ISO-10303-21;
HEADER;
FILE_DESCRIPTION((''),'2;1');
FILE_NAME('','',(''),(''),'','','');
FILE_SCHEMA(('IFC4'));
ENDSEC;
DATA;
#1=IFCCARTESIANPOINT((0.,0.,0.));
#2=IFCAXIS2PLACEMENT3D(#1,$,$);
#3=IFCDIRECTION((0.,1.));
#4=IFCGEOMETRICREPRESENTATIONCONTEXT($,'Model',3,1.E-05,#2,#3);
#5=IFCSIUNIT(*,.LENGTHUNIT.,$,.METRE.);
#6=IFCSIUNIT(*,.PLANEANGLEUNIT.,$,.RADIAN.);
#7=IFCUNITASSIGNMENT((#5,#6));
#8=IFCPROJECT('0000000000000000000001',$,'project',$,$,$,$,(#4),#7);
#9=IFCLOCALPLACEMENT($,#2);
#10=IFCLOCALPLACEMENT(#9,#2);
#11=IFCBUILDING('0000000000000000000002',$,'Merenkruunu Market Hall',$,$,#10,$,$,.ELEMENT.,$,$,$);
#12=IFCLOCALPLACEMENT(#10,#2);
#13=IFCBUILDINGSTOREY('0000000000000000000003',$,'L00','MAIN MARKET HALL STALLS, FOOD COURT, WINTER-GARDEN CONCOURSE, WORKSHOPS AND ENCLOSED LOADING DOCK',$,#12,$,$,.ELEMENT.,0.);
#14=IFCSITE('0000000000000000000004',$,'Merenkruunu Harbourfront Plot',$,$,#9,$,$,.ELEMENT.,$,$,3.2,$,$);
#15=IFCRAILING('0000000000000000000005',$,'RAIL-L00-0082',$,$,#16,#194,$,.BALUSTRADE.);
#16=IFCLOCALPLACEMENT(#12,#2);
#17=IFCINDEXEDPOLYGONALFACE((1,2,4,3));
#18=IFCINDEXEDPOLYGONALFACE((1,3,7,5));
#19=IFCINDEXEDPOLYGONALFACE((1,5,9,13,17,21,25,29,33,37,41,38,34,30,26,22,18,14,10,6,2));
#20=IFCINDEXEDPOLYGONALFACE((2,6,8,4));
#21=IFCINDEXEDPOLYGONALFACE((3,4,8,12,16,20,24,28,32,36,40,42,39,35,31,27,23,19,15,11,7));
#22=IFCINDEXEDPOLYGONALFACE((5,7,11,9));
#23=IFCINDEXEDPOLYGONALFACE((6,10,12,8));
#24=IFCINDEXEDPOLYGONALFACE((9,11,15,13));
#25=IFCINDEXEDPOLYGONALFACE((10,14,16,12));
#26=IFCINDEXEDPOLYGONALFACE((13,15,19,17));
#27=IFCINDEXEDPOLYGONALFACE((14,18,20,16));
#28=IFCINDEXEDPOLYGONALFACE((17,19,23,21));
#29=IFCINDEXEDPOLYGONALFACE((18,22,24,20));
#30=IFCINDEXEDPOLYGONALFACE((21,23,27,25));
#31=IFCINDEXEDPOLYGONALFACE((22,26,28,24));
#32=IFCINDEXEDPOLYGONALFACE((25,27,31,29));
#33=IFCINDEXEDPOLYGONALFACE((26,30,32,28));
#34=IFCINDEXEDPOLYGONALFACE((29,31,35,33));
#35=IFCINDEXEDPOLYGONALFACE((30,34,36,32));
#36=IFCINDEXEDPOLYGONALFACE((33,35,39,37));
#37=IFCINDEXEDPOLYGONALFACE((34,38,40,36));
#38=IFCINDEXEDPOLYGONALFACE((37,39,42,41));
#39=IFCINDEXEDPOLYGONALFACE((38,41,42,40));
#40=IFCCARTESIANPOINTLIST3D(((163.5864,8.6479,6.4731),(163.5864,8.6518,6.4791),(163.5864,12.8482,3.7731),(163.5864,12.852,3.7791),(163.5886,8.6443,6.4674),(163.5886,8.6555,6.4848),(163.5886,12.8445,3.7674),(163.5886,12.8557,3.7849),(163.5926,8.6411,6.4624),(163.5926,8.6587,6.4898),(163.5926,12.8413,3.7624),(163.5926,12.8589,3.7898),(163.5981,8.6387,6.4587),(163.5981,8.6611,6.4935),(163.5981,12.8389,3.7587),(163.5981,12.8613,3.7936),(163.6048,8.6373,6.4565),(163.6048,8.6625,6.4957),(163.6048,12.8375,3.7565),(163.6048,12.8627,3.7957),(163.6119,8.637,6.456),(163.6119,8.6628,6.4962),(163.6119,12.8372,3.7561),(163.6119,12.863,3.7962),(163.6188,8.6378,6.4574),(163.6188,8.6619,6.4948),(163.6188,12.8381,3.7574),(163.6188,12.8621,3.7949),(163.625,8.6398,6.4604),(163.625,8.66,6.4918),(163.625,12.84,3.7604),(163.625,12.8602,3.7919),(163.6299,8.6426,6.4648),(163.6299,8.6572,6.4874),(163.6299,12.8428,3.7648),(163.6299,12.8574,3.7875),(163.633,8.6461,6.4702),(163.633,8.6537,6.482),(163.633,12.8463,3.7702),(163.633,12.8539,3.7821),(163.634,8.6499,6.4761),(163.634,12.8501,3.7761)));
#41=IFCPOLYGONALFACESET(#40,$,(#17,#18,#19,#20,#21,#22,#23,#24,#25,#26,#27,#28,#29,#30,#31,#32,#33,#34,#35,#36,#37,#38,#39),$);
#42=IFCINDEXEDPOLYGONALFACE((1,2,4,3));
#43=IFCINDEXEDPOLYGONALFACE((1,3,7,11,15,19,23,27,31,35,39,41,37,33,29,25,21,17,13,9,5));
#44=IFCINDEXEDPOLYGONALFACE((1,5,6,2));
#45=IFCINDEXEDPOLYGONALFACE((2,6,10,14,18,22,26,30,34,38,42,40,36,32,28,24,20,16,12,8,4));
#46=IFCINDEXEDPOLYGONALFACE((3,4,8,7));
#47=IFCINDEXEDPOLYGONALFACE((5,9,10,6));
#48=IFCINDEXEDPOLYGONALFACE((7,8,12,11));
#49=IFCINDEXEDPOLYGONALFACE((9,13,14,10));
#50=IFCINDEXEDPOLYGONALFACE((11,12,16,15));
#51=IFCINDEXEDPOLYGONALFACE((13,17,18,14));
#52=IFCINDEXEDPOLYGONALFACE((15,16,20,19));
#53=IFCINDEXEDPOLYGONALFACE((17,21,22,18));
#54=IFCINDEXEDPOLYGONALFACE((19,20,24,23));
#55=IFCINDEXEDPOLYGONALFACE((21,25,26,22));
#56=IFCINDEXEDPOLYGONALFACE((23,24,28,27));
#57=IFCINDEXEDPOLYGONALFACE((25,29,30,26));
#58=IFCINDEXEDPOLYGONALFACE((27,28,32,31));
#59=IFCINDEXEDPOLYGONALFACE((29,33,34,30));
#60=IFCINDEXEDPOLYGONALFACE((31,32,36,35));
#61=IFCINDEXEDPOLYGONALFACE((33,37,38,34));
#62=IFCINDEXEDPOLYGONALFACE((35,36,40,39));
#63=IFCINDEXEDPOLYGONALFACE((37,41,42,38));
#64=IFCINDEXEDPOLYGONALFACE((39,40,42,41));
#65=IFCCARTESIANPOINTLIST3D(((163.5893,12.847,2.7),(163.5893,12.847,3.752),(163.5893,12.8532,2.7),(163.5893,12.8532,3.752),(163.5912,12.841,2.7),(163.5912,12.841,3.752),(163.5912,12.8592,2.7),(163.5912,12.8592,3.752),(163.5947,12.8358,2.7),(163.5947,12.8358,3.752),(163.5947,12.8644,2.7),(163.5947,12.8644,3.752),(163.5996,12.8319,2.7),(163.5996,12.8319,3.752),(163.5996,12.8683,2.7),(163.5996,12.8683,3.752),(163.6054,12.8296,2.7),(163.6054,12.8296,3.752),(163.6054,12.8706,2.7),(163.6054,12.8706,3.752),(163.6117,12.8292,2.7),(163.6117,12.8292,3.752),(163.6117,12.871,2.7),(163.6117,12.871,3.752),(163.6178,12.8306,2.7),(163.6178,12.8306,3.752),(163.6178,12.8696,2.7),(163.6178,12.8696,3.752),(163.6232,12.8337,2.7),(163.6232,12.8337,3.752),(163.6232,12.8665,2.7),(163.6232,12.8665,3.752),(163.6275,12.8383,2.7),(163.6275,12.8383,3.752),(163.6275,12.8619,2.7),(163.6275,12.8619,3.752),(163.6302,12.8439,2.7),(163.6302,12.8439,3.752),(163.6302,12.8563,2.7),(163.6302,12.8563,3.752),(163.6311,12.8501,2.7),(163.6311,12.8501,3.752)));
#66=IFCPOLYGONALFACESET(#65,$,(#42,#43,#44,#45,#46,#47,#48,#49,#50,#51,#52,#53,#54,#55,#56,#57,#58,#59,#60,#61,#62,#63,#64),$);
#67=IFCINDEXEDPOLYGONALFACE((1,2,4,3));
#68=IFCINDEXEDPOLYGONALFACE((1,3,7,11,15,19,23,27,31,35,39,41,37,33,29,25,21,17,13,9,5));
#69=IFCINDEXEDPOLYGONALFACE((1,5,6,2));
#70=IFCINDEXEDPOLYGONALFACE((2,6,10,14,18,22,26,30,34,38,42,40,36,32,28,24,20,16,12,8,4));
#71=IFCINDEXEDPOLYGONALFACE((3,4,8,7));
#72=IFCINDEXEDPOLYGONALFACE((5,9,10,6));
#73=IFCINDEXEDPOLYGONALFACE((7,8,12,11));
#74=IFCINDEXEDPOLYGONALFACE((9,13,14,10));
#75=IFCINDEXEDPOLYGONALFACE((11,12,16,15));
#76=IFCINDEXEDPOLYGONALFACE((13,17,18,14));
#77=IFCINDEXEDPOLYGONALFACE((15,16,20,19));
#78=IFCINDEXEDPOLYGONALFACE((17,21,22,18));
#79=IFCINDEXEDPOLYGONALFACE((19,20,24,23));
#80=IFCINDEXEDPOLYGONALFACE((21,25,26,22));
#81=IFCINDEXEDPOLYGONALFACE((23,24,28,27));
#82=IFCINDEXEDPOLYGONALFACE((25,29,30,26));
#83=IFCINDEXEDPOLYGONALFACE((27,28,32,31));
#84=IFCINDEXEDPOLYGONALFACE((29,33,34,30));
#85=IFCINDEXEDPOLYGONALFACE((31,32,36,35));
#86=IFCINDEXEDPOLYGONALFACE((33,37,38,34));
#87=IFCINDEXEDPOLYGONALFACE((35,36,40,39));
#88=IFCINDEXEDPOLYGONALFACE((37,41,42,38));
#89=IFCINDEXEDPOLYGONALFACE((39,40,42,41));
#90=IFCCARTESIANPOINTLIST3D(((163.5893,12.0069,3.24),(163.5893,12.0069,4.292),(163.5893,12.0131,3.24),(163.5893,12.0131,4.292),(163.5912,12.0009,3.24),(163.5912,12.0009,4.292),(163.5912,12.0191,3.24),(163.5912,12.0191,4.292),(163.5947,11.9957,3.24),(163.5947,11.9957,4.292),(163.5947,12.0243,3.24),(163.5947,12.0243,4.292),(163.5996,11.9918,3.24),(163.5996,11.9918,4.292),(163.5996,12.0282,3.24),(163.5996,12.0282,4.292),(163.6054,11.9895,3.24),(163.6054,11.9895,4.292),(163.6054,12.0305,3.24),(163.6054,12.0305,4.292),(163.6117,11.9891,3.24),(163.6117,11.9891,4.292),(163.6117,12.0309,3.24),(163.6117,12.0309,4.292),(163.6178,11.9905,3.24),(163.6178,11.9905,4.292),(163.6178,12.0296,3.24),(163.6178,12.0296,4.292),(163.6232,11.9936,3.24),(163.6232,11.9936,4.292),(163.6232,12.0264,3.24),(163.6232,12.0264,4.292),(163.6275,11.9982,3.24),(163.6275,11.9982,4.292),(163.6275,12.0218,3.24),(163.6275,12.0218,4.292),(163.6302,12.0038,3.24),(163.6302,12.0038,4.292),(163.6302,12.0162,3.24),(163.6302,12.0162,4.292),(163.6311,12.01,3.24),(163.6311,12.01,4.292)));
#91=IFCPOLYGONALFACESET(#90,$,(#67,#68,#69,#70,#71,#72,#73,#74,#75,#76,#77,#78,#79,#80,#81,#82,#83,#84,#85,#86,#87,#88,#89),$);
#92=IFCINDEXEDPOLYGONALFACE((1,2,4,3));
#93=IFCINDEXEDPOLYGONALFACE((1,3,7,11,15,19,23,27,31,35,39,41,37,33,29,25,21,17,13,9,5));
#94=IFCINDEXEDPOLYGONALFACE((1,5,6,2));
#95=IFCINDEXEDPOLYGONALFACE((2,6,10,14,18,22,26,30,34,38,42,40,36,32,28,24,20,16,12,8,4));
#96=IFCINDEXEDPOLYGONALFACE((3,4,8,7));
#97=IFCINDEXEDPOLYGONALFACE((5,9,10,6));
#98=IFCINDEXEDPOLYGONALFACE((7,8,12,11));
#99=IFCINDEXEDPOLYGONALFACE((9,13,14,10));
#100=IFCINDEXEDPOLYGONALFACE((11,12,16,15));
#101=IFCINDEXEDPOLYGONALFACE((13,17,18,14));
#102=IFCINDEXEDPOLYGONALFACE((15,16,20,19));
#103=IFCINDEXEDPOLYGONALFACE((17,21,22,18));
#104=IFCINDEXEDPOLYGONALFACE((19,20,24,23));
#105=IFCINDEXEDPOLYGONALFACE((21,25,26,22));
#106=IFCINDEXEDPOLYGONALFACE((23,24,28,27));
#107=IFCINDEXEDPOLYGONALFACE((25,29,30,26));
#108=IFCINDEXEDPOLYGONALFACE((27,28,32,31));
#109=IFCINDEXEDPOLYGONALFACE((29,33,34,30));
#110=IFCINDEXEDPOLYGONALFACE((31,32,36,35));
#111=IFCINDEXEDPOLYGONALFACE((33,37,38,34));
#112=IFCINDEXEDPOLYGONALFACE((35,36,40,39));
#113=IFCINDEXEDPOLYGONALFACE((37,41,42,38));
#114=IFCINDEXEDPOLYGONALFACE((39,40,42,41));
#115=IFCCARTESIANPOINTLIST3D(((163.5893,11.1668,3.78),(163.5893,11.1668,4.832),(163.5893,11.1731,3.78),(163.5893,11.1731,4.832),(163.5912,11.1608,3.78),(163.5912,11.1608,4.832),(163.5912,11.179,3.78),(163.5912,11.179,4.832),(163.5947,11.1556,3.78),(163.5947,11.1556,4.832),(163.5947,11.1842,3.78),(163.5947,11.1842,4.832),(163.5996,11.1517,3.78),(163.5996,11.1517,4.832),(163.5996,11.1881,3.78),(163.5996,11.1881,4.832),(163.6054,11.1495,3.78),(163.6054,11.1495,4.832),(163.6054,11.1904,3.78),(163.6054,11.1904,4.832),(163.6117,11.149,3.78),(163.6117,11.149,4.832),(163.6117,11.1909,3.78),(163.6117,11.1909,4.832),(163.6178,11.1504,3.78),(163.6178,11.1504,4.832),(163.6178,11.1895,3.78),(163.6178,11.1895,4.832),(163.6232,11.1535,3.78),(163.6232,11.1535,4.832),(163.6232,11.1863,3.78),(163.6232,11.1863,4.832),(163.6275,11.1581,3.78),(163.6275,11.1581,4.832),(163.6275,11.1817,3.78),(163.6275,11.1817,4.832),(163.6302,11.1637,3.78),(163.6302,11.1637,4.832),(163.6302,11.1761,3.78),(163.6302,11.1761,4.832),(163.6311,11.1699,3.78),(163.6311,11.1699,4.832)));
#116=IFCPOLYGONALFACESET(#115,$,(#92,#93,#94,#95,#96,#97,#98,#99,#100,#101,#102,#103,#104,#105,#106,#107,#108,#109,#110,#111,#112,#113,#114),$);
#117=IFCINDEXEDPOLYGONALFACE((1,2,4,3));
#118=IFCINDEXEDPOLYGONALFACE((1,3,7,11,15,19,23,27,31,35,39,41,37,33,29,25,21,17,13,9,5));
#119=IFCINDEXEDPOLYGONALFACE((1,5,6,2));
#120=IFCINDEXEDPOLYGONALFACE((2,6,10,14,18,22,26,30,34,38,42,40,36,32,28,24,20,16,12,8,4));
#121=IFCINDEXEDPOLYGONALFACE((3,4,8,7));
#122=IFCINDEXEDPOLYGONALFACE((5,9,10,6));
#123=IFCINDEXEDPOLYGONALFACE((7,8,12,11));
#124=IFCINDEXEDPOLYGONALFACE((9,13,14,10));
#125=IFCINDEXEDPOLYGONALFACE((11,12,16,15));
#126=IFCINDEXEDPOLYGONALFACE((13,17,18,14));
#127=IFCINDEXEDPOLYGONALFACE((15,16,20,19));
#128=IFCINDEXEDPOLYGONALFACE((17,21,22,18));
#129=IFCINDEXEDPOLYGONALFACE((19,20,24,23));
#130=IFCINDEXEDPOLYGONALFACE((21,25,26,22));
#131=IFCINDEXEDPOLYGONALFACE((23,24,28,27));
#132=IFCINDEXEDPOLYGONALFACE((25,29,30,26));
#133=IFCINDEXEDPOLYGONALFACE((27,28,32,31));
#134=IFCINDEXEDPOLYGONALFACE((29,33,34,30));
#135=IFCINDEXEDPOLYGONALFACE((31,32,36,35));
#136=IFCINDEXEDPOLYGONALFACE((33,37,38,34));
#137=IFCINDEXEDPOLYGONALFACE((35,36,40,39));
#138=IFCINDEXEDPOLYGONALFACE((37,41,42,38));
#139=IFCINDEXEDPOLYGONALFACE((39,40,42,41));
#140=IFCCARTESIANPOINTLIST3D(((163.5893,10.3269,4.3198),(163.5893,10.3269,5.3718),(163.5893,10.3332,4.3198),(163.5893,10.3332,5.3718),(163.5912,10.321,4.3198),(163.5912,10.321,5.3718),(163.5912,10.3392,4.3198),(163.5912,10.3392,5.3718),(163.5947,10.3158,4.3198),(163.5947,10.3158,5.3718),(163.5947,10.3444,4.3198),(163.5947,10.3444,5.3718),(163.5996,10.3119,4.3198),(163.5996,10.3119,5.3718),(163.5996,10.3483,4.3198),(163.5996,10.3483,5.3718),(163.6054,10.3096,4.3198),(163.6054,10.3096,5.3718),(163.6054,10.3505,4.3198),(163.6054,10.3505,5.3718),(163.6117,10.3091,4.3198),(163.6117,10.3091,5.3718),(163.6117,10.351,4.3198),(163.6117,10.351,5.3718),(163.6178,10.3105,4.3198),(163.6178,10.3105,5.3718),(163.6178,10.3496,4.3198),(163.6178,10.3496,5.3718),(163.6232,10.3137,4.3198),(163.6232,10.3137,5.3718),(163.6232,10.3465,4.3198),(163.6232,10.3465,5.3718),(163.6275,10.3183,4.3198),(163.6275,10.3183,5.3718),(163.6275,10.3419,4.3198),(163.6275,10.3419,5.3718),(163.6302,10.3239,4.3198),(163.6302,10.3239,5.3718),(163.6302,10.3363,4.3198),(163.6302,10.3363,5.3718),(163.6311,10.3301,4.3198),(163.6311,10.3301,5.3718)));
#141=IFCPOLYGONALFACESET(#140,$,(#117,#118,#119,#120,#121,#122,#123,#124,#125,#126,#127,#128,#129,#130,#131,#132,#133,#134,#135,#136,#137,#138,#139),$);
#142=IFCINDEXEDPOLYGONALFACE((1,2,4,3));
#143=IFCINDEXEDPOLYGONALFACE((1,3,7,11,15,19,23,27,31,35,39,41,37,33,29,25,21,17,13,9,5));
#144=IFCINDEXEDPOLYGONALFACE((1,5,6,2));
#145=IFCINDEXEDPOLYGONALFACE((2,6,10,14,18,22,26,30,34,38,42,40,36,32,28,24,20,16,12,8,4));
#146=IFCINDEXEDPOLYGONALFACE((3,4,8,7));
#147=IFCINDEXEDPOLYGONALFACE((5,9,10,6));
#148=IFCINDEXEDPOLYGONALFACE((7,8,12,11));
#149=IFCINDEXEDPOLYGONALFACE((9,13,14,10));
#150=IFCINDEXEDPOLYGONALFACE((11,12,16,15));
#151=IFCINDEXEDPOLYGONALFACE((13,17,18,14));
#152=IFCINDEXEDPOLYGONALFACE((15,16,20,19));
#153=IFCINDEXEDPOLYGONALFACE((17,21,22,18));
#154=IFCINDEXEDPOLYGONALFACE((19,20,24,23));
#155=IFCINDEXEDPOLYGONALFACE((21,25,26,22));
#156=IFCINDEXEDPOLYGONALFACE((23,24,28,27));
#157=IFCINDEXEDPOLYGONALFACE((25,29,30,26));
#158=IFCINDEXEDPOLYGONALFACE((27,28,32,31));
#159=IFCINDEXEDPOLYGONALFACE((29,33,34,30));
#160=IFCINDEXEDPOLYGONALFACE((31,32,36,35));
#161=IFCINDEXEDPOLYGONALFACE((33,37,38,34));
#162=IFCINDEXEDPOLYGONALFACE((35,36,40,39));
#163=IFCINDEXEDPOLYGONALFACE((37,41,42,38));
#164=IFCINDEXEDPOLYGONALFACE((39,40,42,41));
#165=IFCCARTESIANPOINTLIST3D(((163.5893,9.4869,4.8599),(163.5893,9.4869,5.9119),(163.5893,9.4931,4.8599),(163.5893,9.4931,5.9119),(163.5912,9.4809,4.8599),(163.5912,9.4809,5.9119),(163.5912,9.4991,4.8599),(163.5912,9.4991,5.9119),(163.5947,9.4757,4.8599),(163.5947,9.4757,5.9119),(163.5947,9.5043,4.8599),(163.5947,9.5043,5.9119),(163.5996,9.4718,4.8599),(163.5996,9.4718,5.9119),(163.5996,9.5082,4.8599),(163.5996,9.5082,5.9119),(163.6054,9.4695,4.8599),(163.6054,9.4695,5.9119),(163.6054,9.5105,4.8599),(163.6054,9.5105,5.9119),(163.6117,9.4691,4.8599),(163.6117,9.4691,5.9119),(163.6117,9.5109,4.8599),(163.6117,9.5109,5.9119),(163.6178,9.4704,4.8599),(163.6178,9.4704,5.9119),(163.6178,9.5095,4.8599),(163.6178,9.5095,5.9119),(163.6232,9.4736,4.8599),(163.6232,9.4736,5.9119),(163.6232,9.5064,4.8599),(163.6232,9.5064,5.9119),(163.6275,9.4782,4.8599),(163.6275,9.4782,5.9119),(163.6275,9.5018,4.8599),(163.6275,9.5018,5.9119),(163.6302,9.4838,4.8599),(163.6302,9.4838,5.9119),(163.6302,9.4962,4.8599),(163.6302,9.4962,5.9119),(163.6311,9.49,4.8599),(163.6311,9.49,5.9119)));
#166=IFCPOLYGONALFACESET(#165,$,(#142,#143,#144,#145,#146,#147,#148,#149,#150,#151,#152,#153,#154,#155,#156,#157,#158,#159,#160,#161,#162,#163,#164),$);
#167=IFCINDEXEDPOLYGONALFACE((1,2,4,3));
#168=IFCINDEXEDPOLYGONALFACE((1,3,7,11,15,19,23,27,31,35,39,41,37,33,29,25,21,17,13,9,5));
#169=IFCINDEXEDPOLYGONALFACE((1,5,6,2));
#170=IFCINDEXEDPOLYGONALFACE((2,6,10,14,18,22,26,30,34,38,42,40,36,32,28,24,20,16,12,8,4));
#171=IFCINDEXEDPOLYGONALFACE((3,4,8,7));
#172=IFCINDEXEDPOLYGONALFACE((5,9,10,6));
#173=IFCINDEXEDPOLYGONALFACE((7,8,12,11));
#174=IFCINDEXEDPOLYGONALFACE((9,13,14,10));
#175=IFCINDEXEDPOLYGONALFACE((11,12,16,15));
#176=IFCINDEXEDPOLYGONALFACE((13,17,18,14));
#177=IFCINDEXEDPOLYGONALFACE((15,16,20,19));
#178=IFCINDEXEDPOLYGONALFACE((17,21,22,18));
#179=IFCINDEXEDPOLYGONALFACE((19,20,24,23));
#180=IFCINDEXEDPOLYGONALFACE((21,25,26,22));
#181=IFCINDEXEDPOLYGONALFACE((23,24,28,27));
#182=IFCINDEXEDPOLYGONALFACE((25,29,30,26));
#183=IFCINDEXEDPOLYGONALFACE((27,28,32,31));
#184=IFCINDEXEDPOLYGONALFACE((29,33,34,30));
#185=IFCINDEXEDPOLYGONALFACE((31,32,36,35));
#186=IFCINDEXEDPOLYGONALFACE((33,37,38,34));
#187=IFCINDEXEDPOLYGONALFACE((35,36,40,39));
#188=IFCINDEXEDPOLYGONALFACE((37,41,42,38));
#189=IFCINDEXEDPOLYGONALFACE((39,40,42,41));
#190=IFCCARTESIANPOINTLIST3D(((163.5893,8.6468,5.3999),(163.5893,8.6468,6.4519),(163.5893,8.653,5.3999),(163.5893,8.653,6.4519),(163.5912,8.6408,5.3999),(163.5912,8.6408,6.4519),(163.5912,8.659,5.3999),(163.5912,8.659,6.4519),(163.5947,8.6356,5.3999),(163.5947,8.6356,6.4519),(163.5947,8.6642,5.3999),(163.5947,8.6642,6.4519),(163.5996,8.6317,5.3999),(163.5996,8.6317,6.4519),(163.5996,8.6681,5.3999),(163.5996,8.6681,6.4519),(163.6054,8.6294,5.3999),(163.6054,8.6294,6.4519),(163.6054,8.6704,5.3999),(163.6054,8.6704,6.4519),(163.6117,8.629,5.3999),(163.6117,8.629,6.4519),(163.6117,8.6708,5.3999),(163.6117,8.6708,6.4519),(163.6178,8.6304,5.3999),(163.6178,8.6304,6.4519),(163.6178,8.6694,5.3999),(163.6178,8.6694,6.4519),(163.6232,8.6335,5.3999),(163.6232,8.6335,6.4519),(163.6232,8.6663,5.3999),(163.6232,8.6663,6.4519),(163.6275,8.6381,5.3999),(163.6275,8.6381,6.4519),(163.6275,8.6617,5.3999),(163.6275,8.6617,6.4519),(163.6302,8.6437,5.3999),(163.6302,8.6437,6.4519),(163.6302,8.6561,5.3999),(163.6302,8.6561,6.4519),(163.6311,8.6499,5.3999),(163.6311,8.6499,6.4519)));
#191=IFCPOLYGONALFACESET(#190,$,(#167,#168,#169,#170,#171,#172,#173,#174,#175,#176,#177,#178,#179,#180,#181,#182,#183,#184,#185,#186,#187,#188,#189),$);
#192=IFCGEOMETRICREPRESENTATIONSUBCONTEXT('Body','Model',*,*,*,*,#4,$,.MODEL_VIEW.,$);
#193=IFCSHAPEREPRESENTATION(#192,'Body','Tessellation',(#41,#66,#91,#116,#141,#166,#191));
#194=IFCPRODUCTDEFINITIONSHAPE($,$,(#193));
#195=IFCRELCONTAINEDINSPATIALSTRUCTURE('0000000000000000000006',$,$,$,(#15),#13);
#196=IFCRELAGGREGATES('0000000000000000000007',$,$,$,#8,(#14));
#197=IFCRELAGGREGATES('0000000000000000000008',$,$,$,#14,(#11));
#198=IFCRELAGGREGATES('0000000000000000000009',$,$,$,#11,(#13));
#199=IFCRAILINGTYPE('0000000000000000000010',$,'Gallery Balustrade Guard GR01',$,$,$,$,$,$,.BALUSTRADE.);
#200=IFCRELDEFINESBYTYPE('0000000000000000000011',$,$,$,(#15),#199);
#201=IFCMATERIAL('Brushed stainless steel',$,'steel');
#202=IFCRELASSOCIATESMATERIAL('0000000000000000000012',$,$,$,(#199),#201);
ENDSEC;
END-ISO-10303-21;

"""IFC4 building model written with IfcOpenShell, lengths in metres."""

from ifc_helpers import new_model, si_unit, direction, frame, origin, origin_2d, place, context, subcontext, project, spatial, circle, extrude, material, type_object, element, save


model = new_model("IFC4")

# Units and contexts
model_context = context("Model", 3, precision=1e-05, world=origin(), true_north=direction((0.0, 1.0)))
body_context = subcontext(model_context, "Body", "Model", "MODEL_VIEW")
ifc_project = project(units=[si_unit("LENGTHUNIT", "METRE"), si_unit("PLANEANGLEUNIT", "RADIAN")], contexts=[model_context])

# Site, building, storey
site_placement = place(None, origin())
site = spatial("IfcSite", under=ifc_project, at=site_placement, Name="Merenkruunu Harbourfront Plot", CompositionType="ELEMENT", RefElevation=3.2)
building_placement = place(site_placement, origin())
building = spatial("IfcBuilding", under=site, at=building_placement, Name="Merenkruunu Market Hall", CompositionType="ELEMENT")
storey_placement = place(building_placement, origin())
storey = spatial("IfcBuildingStorey", under=building, at=storey_placement, Name="L00", Description="MAIN MARKET HALL STALLS, FOOD COURT, WINTER-GARDEN CONCOURSE, WORKSHOPS AND ENCLOSED LOADING DOCK", CompositionType="ELEMENT", Elevation=0.0)

# Railing
ifc_material_1 = material(Name="Brushed stainless steel", Category="steel")
railing_type_1 = type_object("IfcRailingType", Name="Gallery Balustrade Guard GR01", PredefinedType="BALUSTRADE", material=ifc_material_1)
railing_1_placement = place(storey_placement, frame((163.6101, 12.8501, 2.7)))
element("IfcRailing", 1, at=railing_1_placement, inside=storey, type_object=railing_type_1, Name="RAIL-L00-0082", PredefinedType="BALUSTRADE", context=body_context, shape_type="SweptSolid", body=[
    extrude(circle(Radius=0.0239, at=origin_2d()), frame((0.0, 0.0, 1.0762), z_axis=(0.0, -0.841194, 0.540733), x_axis=(1.0, 0.0, 0.0)), (0.0, 0.0, 1.0), 4.9932),
    extrude(circle(Radius=0.021, at=origin_2d()), origin(), (0.0, 0.0, 1.0), 1.052),
    extrude(circle(Radius=0.021, at=origin_2d()), frame((0.0, -0.8401, 0.54)), (0.0, 0.0, 1.0), 1.052),
    extrude(circle(Radius=0.021, at=origin_2d()), frame((0.0, -1.6802, 1.0801)), (0.0, 0.0, 1.0), 1.052),
    extrude(circle(Radius=0.021, at=origin_2d()), frame((0.0, -2.52, 1.6199)), (0.0, 0.0, 1.0), 1.052),
    extrude(circle(Radius=0.021, at=origin_2d()), frame((0.0, -3.3601, 2.1599)), (0.0, 0.0, 1.0), 1.052),
    extrude(circle(Radius=0.021, at=origin_2d()), frame((0.0, -4.2002, 2.7)), (0.0, 0.0, 1.0), 1.052),
])

save(model, "model.ifc")
